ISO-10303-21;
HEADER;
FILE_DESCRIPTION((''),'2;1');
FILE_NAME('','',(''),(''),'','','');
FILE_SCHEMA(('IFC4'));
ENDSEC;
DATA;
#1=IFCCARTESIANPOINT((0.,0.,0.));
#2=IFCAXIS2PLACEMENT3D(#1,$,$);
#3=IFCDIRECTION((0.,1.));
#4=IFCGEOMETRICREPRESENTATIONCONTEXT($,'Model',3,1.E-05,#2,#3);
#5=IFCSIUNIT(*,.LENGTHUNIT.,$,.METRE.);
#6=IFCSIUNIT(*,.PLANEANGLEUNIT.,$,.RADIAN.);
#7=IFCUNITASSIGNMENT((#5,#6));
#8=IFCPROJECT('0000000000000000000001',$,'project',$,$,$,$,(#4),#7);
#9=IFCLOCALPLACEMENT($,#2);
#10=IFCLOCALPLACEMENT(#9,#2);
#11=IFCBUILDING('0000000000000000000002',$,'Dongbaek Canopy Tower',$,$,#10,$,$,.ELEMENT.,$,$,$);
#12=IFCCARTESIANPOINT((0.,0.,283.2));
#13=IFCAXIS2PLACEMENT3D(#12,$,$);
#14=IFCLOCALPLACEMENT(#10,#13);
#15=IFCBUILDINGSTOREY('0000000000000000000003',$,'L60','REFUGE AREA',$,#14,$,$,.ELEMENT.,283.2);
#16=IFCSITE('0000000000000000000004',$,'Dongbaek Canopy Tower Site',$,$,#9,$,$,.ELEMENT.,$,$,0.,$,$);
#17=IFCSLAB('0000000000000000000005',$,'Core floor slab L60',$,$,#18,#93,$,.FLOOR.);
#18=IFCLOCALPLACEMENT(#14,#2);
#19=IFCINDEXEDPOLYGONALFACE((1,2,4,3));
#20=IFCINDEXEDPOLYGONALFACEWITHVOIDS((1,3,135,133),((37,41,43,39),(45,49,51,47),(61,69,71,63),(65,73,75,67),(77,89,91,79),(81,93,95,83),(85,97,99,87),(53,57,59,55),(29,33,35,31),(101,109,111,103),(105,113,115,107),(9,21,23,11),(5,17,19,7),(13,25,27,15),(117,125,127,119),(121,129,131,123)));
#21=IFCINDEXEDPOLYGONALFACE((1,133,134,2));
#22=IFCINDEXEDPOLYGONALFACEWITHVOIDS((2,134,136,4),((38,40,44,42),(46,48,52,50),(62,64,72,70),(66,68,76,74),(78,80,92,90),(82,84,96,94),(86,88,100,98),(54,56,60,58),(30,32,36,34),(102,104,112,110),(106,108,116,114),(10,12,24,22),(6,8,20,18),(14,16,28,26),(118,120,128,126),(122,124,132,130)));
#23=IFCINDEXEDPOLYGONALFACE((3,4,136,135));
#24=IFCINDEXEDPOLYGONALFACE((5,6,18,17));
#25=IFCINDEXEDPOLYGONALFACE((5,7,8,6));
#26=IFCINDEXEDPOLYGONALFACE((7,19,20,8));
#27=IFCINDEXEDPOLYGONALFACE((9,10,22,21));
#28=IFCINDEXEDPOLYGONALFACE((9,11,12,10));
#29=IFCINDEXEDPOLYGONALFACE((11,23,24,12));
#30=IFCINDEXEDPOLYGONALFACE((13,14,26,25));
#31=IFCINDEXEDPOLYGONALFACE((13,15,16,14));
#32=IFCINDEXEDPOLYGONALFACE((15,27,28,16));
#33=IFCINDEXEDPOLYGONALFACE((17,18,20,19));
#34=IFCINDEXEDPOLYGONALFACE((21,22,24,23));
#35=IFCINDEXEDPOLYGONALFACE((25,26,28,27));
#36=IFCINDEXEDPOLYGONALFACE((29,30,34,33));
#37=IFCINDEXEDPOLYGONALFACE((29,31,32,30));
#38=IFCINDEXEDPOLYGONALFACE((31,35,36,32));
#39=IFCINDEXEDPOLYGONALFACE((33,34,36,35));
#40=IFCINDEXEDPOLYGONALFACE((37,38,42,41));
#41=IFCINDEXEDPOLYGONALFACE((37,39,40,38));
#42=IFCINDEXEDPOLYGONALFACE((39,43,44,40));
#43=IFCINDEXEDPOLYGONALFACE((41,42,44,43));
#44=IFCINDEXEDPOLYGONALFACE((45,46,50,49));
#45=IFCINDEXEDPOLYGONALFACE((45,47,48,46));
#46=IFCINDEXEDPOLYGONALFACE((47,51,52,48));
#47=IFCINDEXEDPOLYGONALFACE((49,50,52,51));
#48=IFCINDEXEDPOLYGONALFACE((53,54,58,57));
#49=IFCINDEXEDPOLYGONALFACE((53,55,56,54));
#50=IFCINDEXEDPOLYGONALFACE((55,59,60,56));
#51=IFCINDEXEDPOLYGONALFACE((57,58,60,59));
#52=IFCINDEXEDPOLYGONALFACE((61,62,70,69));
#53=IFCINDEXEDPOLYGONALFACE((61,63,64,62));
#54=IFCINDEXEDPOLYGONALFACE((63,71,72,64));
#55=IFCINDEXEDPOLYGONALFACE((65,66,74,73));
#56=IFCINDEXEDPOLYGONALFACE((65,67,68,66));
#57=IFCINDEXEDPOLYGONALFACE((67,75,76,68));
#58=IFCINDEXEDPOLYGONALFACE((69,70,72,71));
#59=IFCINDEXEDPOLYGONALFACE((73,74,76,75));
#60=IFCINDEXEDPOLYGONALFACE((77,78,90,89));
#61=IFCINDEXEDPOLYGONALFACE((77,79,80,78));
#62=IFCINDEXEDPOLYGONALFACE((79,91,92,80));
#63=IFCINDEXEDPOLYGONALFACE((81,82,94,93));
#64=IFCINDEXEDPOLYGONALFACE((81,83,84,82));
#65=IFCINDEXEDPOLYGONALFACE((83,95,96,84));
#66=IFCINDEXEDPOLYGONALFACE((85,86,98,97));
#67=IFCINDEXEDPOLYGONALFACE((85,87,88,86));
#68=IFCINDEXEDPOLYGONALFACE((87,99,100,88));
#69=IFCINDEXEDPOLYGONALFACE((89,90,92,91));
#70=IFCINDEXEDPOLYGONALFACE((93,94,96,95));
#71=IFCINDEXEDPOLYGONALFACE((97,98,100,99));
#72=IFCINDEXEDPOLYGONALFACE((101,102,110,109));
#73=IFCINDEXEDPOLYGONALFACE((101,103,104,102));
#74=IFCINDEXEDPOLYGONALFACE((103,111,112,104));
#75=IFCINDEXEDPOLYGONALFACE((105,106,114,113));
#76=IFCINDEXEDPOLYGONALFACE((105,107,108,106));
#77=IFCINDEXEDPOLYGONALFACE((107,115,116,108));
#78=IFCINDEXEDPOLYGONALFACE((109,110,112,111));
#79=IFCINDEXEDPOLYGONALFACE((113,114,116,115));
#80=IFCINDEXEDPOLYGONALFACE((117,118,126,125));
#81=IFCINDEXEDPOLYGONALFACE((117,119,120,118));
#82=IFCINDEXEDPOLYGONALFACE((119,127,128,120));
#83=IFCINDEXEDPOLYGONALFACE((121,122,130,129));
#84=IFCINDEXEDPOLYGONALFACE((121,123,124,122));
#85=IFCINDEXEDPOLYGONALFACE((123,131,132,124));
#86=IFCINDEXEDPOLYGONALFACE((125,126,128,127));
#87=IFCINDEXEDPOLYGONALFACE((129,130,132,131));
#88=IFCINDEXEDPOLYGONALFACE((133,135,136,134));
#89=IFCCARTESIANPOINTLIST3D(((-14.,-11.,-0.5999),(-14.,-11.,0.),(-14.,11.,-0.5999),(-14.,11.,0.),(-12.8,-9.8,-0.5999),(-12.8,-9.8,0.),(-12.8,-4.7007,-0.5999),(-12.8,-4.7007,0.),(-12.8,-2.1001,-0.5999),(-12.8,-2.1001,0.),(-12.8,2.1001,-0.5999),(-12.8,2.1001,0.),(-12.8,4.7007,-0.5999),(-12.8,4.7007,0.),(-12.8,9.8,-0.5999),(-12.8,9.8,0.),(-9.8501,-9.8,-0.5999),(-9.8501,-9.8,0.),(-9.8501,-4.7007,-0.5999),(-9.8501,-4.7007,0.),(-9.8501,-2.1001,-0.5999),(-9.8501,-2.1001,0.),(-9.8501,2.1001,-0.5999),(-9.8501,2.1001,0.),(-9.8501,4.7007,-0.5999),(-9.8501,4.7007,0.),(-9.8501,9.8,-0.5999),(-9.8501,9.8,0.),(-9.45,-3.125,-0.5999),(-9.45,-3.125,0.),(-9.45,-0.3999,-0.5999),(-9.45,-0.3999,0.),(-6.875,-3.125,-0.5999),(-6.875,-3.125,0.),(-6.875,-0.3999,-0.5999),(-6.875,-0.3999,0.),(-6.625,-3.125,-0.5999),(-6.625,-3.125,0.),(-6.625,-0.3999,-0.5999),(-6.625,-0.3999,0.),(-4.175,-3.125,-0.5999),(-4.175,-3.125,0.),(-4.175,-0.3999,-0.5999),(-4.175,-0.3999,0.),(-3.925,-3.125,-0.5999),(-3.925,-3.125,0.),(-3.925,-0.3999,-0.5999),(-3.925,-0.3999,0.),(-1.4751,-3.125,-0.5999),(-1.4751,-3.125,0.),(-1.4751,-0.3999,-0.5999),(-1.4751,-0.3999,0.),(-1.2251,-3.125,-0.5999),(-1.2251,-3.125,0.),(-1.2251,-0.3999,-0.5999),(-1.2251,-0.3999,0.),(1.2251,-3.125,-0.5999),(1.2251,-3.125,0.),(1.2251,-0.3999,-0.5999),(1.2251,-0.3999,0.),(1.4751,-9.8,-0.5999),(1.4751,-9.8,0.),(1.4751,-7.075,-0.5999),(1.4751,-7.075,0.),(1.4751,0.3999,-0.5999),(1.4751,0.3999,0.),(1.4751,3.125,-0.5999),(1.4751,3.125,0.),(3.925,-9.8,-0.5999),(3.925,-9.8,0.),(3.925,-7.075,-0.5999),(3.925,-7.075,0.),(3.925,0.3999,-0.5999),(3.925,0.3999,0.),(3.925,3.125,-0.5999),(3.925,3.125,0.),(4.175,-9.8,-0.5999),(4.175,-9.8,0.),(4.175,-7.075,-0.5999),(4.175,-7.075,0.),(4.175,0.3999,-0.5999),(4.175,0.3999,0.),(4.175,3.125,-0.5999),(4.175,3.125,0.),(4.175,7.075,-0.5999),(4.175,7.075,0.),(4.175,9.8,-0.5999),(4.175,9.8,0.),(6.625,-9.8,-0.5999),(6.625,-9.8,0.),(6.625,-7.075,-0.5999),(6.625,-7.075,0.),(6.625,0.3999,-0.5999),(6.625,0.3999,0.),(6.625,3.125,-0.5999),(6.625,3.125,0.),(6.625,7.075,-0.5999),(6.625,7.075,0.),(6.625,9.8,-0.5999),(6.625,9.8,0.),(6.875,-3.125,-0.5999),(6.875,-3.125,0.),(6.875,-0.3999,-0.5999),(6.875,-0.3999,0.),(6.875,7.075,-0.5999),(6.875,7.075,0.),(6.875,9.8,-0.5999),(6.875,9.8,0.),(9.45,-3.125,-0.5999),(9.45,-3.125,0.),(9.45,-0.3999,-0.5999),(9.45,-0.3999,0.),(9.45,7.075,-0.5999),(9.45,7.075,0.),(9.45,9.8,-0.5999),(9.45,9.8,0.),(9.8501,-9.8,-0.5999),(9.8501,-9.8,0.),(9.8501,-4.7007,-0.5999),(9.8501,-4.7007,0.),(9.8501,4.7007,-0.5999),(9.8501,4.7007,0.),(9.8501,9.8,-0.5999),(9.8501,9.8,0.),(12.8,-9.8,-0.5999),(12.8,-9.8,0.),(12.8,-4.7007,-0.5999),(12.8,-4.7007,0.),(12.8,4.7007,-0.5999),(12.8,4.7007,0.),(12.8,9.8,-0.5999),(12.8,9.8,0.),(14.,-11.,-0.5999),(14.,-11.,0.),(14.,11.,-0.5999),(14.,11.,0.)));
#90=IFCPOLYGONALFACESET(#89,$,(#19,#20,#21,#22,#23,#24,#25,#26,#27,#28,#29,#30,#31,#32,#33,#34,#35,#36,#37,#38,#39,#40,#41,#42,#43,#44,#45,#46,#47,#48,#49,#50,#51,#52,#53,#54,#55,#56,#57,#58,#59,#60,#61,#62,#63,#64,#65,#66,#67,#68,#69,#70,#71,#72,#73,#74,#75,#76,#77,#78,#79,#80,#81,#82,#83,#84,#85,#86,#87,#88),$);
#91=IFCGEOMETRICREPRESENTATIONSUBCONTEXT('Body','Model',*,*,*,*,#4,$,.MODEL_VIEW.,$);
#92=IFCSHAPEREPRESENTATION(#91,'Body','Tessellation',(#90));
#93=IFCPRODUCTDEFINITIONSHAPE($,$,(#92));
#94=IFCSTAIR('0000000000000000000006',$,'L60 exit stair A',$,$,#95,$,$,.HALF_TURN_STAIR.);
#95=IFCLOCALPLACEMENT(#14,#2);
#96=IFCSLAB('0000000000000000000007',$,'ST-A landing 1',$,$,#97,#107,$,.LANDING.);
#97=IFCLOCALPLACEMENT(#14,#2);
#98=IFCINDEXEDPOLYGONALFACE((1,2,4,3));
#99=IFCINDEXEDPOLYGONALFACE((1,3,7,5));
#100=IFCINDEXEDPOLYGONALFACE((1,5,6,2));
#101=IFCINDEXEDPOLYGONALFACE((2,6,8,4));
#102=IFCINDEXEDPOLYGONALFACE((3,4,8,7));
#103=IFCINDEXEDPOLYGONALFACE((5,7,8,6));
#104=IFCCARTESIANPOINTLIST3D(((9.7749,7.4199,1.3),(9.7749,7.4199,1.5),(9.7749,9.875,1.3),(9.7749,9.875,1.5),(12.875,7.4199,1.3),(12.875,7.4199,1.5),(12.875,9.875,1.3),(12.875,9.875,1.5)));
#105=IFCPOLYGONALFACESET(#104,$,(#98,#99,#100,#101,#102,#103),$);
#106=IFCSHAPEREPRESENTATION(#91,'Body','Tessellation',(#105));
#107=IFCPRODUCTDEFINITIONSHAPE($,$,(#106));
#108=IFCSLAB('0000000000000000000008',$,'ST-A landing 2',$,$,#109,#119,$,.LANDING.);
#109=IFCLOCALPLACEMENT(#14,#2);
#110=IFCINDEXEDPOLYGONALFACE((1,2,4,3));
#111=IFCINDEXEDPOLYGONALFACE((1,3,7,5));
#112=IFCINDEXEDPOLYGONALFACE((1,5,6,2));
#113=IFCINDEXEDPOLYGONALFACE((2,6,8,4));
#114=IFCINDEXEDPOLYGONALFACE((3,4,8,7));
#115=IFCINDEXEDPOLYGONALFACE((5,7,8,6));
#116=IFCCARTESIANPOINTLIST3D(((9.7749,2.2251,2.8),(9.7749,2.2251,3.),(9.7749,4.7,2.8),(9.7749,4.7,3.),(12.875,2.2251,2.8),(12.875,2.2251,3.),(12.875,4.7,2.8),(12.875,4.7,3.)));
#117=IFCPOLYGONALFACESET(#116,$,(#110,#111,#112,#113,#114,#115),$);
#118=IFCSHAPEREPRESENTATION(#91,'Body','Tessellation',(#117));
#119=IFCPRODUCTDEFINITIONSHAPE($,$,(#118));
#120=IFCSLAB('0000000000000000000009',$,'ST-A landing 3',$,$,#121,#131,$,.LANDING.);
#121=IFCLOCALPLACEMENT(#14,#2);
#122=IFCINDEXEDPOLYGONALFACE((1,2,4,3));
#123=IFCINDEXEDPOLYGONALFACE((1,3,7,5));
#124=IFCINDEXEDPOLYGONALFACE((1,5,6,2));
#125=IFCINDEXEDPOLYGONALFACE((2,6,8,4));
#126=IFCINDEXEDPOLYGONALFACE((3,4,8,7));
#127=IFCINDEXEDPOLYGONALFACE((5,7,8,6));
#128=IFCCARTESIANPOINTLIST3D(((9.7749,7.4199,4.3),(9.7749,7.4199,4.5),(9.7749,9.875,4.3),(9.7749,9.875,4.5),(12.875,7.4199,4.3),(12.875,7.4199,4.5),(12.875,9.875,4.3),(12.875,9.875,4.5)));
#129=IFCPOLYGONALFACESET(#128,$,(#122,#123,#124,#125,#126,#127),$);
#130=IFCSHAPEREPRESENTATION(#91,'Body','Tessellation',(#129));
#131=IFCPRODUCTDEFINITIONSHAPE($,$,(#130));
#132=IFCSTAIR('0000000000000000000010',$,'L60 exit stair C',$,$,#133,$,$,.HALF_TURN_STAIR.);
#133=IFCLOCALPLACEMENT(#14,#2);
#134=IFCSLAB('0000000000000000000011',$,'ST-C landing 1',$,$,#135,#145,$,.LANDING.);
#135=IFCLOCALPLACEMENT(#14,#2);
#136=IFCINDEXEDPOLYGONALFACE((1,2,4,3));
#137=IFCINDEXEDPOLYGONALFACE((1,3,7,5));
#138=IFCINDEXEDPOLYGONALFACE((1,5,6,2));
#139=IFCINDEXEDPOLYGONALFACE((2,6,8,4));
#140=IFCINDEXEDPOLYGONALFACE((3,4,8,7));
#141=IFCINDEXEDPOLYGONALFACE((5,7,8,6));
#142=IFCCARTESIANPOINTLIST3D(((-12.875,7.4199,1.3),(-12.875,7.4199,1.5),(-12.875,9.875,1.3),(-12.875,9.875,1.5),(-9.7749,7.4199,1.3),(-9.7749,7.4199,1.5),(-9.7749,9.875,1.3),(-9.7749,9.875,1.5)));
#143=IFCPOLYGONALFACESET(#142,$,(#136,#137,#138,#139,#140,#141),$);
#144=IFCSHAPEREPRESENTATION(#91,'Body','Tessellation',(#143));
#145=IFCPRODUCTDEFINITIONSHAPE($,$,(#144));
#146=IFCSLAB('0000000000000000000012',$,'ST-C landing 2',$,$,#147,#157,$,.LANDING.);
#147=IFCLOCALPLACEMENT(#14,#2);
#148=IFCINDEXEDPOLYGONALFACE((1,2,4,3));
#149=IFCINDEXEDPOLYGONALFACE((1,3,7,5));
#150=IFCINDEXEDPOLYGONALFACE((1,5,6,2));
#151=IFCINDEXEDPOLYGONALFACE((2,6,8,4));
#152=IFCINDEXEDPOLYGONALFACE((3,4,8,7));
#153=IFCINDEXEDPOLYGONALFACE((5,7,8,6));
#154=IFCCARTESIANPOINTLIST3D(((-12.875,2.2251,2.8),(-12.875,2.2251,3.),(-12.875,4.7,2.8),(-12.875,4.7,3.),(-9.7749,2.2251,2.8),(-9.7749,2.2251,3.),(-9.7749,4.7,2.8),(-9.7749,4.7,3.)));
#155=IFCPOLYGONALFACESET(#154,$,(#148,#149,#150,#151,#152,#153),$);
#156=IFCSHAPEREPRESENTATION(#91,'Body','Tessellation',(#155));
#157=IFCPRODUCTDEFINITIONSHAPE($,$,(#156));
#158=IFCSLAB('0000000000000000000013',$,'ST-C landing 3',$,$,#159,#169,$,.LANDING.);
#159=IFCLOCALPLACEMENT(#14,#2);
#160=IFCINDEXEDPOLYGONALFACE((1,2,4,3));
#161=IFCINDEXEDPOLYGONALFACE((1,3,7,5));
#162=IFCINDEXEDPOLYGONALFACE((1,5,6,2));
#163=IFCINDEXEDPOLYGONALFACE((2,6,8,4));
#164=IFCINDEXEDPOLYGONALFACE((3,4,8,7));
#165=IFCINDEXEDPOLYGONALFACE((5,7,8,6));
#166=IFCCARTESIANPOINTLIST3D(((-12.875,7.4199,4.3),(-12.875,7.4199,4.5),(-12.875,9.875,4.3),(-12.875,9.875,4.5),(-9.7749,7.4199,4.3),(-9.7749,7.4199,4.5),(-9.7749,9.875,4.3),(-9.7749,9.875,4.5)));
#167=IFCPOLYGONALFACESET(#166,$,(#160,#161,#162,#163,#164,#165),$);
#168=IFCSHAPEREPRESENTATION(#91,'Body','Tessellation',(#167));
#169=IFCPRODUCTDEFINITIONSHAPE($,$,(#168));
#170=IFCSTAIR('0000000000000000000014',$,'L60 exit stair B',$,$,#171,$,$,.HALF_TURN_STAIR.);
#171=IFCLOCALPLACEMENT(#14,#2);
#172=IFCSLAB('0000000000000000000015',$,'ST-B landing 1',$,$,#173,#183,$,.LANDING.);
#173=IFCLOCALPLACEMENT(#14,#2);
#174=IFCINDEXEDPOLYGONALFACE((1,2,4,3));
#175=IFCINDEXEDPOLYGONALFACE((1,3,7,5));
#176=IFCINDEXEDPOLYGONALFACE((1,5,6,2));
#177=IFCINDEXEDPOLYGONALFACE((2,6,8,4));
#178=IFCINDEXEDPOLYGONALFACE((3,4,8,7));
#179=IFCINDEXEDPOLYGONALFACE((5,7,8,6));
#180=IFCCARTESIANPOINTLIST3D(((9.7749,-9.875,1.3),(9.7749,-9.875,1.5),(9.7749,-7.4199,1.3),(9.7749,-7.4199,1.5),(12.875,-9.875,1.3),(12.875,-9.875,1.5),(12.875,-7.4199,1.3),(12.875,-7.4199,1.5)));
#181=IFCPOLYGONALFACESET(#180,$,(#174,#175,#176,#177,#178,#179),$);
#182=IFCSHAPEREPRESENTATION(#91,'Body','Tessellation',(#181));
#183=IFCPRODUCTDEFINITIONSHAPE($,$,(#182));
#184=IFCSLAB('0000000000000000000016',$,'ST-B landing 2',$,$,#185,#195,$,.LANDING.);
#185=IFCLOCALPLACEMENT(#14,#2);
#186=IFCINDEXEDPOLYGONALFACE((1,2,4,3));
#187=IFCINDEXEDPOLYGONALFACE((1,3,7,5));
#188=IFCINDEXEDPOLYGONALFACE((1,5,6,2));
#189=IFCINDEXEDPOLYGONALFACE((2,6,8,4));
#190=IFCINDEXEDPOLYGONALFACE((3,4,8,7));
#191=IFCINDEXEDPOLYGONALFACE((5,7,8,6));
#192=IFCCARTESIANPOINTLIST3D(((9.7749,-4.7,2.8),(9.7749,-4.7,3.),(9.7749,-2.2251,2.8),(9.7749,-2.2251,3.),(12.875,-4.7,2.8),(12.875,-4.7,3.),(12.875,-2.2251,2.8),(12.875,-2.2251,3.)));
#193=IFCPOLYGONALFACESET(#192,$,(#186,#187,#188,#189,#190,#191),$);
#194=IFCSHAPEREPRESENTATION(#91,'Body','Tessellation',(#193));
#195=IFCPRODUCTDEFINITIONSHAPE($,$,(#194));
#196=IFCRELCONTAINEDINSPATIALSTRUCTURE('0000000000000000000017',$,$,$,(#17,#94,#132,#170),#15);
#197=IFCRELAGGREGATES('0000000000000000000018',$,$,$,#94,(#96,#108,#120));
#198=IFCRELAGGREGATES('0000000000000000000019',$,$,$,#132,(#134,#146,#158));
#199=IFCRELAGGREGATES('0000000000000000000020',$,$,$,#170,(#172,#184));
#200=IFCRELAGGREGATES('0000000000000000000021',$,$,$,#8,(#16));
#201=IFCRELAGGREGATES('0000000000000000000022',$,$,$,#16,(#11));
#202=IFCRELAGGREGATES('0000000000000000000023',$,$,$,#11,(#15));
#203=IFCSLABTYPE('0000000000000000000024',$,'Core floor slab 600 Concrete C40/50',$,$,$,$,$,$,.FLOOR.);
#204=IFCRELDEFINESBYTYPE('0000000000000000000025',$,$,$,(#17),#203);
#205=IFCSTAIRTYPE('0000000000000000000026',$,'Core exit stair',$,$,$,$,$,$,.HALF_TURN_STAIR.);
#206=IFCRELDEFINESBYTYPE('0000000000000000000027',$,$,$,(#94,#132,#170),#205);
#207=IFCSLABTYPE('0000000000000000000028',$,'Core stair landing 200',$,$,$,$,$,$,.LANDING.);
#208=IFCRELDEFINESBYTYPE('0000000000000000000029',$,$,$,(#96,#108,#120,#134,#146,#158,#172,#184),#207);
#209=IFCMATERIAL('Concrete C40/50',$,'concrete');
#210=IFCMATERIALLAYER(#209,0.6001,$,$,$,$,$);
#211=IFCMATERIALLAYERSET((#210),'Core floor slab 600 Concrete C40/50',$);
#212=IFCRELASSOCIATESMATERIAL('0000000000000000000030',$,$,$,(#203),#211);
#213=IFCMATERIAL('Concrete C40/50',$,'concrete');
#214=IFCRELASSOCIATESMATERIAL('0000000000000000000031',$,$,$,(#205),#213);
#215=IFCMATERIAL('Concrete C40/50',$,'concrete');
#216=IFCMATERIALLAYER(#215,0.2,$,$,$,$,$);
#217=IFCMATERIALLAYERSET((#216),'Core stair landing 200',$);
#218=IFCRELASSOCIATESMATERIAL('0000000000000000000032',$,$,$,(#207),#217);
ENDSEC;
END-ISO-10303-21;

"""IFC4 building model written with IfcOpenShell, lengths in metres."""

from ifc_helpers import new_model, si_unit, direction, frame, origin, place, context, subcontext, project, spatial, polyline, outline, extrude, material, layer, layer_set, type_object, element, aggregate, save


model = new_model("IFC4")

# Units and contexts
model_context = context("Model", 3, precision=1e-05, world=origin(), true_north=direction((0.0, 1.0)))
body_context = subcontext(model_context, "Body", "Model", "MODEL_VIEW")
ifc_project = project(units=[si_unit("LENGTHUNIT", "METRE"), si_unit("PLANEANGLEUNIT", "RADIAN")], contexts=[model_context])

# Site, building, storey
site_placement = place(None, origin())
site = spatial("IfcSite", under=ifc_project, at=site_placement, Name="Dongbaek Canopy Tower Site", CompositionType="ELEMENT", RefElevation=0.0)
building_placement = place(site_placement, origin())
building = spatial("IfcBuilding", under=site, at=building_placement, Name="Dongbaek Canopy Tower", CompositionType="ELEMENT")
storey_placement = place(building_placement, frame((0.0, 0.0, 283.2)))
storey = spatial("IfcBuildingStorey", under=building, at=storey_placement, Name="L60", Description="REFUGE AREA", CompositionType="ELEMENT", Elevation=283.2)

# Slab
ifc_material_1 = material(Name="Concrete C40/50", Category="concrete")
ifc_layer_1 = layer(ifc_material_1, 0.6001)
ifc_layer_set_1 = layer_set([ifc_layer_1], Name="Core floor slab 600 Concrete C40/50")
slab_type_1 = type_object("IfcSlabType", Name="Core floor slab 600 Concrete C40/50", PredefinedType="FLOOR", material=ifc_layer_set_1)
slab_1_placement = place(storey_placement, frame((0.0, 0.0, -0.5999)))
element("IfcSlab", 1, at=slab_1_placement, inside=storey, type_object=slab_type_1, Name="Core floor slab L60", PredefinedType="FLOOR", context=body_context, shape_type="SweptSolid", body=[
    extrude(outline(polyline([(14.0, -11.0), (14.0, 11.0), (-14.0, 11.0), (-14.0, -11.0), (14.0, -11.0)]), holes=[polyline([(-12.8, 2.1001), (-9.8501, 2.1001), (-9.8501, -2.1001), (-12.8, -2.1001), (-12.8, 2.1001)]), polyline([(6.625, 9.8), (6.625, 7.075), (4.175, 7.075), (4.175, 9.8), (6.625, 9.8)]), polyline([(9.45, 7.075), (6.875, 7.075), (6.875, 9.8), (9.45, 9.8), (9.45, 7.075)]), polyline([(3.925, 3.125), (3.925, 0.3999), (1.4751, 0.3999), (1.4751, 3.125), (3.925, 3.125)]), polyline([(4.175, 3.125), (6.625, 3.125), (6.625, 0.3999), (4.175, 0.3999), (4.175, 3.125)]), polyline([(-9.45, -0.3999), (-6.875, -0.3999), (-6.875, -3.125), (-9.45, -3.125), (-9.45, -0.3999)]), polyline([(-6.625, -0.3999), (-4.175, -0.3999), (-4.175, -3.125), (-6.625, -3.125), (-6.625, -0.3999)]), polyline([(-3.925, -0.3999), (-1.4751, -0.3999), (-1.4751, -3.125), (-3.925, -3.125), (-3.925, -0.3999)]), polyline([(-1.2251, -0.3999), (1.2251, -0.3999), (1.2251, -3.125), (-1.2251, -3.125), (-1.2251, -0.3999)]), polyline([(9.45, -3.125), (6.875, -3.125), (6.875, -0.3999), (9.45, -0.3999), (9.45, -3.125)]), polyline([(1.4751, -9.8), (1.4751, -7.075), (3.925, -7.075), (3.925, -9.8), (1.4751, -9.8)]), polyline([(4.175, -9.8), (4.175, -7.075), (6.625, -7.075), (6.625, -9.8), (4.175, -9.8)]), polyline([(12.8, 4.7007), (12.8, 9.8), (9.8501, 9.8), (9.8501, 4.7007), (12.8, 4.7007)]), polyline([(-9.8501, 4.7007), (-9.8501, 9.8), (-12.8, 9.8), (-12.8, 4.7007), (-9.8501, 4.7007)]), polyline([(9.8501, -4.7007), (9.8501, -9.8), (12.8, -9.8), (12.8, -4.7007), (9.8501, -4.7007)]), polyline([(-12.8, -4.7007), (-12.8, -9.8), (-9.8501, -9.8), (-9.8501, -4.7007), (-12.8, -4.7007)])]), origin(), (0.0, 0.0, 1.0), 0.5999),
])

# Stairs, slabs
ifc_material_2 = material(Name="Concrete C40/50", Category="concrete")
stair_type = type_object("IfcStairType", Name="Core exit stair", PredefinedType="HALF_TURN_STAIR", material=ifc_material_2)
stair_1_placement = place(storey_placement, origin())
stair_1 = element("IfcStair", 2, at=stair_1_placement, inside=storey, type_object=stair_type, Name="L60 exit stair A", PredefinedType="HALF_TURN_STAIR")
ifc_material_3 = material(Name="Concrete C40/50", Category="concrete")
ifc_layer_2 = layer(ifc_material_3, 0.2)
ifc_layer_set_2 = layer_set([ifc_layer_2], Name="Core stair landing 200")
slab_type_2 = type_object("IfcSlabType", Name="Core stair landing 200", PredefinedType="LANDING", material=ifc_layer_set_2)
slab_2_placement = place(storey_placement, frame((0.0, 0.0, 1.3)))
slab_2 = element("IfcSlab", 3, at=slab_2_placement, type_object=slab_type_2, Name="ST-A landing 1", PredefinedType="LANDING", context=body_context, shape_type="SweptSolid", body=[
    extrude(outline(polyline([(12.875, 7.4199), (12.875, 9.875), (9.7749, 9.875), (9.7749, 7.4199), (12.875, 7.4199)])), origin(), (0.0, 0.0, 1.0), 0.2),
])
slab_3_placement = place(storey_placement, frame((0.0, 0.0, 2.8)))
slab_3 = element("IfcSlab", 4, at=slab_3_placement, type_object=slab_type_2, Name="ST-A landing 2", PredefinedType="LANDING", context=body_context, shape_type="SweptSolid", body=[
    extrude(outline(polyline([(12.875, 2.2251), (12.875, 4.7), (9.7749, 4.7), (9.7749, 2.2251), (12.875, 2.2251)])), origin(), (0.0, 0.0, 1.0), 0.2),
])
slab_4_placement = place(storey_placement, frame((0.0, 0.0, 4.3)))
slab_4 = element("IfcSlab", 5, at=slab_4_placement, type_object=slab_type_2, Name="ST-A landing 3", PredefinedType="LANDING", context=body_context, shape_type="SweptSolid", body=[
    extrude(outline(polyline([(12.875, 7.4199), (12.875, 9.875), (9.7749, 9.875), (9.7749, 7.4199), (12.875, 7.4199)])), origin(), (0.0, 0.0, 1.0), 0.2),
])
aggregate(stair_1, [slab_2, slab_3, slab_4])
stair_2_placement = place(storey_placement, origin())
stair_2 = element("IfcStair", 6, at=stair_2_placement, inside=storey, type_object=stair_type, Name="L60 exit stair C", PredefinedType="HALF_TURN_STAIR")
slab_5_placement = place(storey_placement, frame((0.0, 0.0, 1.3)))
slab_5 = element("IfcSlab", 7, at=slab_5_placement, type_object=slab_type_2, Name="ST-C landing 1", PredefinedType="LANDING", context=body_context, shape_type="SweptSolid", body=[
    extrude(outline(polyline([(-9.7749, 7.4199), (-9.7749, 9.875), (-12.875, 9.875), (-12.875, 7.4199), (-9.7749, 7.4199)])), origin(), (0.0, 0.0, 1.0), 0.2),
])
slab_6_placement = place(storey_placement, frame((0.0, 0.0, 2.8)))
slab_6 = element("IfcSlab", 8, at=slab_6_placement, type_object=slab_type_2, Name="ST-C landing 2", PredefinedType="LANDING", context=body_context, shape_type="SweptSolid", body=[
    extrude(outline(polyline([(-9.7749, 2.2251), (-9.7749, 4.7), (-12.875, 4.7), (-12.875, 2.2251), (-9.7749, 2.2251)])), origin(), (0.0, 0.0, 1.0), 0.2),
])
slab_7_placement = place(storey_placement, frame((0.0, 0.0, 4.3)))
slab_7 = element("IfcSlab", 9, at=slab_7_placement, type_object=slab_type_2, Name="ST-C landing 3", PredefinedType="LANDING", context=body_context, shape_type="SweptSolid", body=[
    extrude(outline(polyline([(-9.7749, 7.4199), (-9.7749, 9.875), (-12.875, 9.875), (-12.875, 7.4199), (-9.7749, 7.4199)])), origin(), (0.0, 0.0, 1.0), 0.2),
])
aggregate(stair_2, [slab_5, slab_6, slab_7])
stair_3_placement = place(storey_placement, origin())
stair_3 = element("IfcStair", 10, at=stair_3_placement, inside=storey, type_object=stair_type, Name="L60 exit stair B", PredefinedType="HALF_TURN_STAIR")
slab_8_placement = place(storey_placement, frame((0.0, 0.0, 1.3)))
slab_8 = element("IfcSlab", 11, at=slab_8_placement, type_object=slab_type_2, Name="ST-B landing 1", PredefinedType="LANDING", context=body_context, shape_type="SweptSolid", body=[
    extrude(outline(polyline([(9.7749, -7.4199), (9.7749, -9.875), (12.875, -9.875), (12.875, -7.4199), (9.7749, -7.4199)])), origin(), (0.0, 0.0, 1.0), 0.2),
])
slab_9_placement = place(storey_placement, frame((0.0, 0.0, 2.8)))
slab_9 = element("IfcSlab", 12, at=slab_9_placement, type_object=slab_type_2, Name="ST-B landing 2", PredefinedType="LANDING", context=body_context, shape_type="SweptSolid", body=[
    extrude(outline(polyline([(9.7749, -2.2251), (9.7749, -4.7), (12.875, -4.7), (12.875, -2.2251), (9.7749, -2.2251)])), origin(), (0.0, 0.0, 1.0), 0.2),
])
aggregate(stair_3, [slab_8, slab_9])

save(model, "model.ifc")
